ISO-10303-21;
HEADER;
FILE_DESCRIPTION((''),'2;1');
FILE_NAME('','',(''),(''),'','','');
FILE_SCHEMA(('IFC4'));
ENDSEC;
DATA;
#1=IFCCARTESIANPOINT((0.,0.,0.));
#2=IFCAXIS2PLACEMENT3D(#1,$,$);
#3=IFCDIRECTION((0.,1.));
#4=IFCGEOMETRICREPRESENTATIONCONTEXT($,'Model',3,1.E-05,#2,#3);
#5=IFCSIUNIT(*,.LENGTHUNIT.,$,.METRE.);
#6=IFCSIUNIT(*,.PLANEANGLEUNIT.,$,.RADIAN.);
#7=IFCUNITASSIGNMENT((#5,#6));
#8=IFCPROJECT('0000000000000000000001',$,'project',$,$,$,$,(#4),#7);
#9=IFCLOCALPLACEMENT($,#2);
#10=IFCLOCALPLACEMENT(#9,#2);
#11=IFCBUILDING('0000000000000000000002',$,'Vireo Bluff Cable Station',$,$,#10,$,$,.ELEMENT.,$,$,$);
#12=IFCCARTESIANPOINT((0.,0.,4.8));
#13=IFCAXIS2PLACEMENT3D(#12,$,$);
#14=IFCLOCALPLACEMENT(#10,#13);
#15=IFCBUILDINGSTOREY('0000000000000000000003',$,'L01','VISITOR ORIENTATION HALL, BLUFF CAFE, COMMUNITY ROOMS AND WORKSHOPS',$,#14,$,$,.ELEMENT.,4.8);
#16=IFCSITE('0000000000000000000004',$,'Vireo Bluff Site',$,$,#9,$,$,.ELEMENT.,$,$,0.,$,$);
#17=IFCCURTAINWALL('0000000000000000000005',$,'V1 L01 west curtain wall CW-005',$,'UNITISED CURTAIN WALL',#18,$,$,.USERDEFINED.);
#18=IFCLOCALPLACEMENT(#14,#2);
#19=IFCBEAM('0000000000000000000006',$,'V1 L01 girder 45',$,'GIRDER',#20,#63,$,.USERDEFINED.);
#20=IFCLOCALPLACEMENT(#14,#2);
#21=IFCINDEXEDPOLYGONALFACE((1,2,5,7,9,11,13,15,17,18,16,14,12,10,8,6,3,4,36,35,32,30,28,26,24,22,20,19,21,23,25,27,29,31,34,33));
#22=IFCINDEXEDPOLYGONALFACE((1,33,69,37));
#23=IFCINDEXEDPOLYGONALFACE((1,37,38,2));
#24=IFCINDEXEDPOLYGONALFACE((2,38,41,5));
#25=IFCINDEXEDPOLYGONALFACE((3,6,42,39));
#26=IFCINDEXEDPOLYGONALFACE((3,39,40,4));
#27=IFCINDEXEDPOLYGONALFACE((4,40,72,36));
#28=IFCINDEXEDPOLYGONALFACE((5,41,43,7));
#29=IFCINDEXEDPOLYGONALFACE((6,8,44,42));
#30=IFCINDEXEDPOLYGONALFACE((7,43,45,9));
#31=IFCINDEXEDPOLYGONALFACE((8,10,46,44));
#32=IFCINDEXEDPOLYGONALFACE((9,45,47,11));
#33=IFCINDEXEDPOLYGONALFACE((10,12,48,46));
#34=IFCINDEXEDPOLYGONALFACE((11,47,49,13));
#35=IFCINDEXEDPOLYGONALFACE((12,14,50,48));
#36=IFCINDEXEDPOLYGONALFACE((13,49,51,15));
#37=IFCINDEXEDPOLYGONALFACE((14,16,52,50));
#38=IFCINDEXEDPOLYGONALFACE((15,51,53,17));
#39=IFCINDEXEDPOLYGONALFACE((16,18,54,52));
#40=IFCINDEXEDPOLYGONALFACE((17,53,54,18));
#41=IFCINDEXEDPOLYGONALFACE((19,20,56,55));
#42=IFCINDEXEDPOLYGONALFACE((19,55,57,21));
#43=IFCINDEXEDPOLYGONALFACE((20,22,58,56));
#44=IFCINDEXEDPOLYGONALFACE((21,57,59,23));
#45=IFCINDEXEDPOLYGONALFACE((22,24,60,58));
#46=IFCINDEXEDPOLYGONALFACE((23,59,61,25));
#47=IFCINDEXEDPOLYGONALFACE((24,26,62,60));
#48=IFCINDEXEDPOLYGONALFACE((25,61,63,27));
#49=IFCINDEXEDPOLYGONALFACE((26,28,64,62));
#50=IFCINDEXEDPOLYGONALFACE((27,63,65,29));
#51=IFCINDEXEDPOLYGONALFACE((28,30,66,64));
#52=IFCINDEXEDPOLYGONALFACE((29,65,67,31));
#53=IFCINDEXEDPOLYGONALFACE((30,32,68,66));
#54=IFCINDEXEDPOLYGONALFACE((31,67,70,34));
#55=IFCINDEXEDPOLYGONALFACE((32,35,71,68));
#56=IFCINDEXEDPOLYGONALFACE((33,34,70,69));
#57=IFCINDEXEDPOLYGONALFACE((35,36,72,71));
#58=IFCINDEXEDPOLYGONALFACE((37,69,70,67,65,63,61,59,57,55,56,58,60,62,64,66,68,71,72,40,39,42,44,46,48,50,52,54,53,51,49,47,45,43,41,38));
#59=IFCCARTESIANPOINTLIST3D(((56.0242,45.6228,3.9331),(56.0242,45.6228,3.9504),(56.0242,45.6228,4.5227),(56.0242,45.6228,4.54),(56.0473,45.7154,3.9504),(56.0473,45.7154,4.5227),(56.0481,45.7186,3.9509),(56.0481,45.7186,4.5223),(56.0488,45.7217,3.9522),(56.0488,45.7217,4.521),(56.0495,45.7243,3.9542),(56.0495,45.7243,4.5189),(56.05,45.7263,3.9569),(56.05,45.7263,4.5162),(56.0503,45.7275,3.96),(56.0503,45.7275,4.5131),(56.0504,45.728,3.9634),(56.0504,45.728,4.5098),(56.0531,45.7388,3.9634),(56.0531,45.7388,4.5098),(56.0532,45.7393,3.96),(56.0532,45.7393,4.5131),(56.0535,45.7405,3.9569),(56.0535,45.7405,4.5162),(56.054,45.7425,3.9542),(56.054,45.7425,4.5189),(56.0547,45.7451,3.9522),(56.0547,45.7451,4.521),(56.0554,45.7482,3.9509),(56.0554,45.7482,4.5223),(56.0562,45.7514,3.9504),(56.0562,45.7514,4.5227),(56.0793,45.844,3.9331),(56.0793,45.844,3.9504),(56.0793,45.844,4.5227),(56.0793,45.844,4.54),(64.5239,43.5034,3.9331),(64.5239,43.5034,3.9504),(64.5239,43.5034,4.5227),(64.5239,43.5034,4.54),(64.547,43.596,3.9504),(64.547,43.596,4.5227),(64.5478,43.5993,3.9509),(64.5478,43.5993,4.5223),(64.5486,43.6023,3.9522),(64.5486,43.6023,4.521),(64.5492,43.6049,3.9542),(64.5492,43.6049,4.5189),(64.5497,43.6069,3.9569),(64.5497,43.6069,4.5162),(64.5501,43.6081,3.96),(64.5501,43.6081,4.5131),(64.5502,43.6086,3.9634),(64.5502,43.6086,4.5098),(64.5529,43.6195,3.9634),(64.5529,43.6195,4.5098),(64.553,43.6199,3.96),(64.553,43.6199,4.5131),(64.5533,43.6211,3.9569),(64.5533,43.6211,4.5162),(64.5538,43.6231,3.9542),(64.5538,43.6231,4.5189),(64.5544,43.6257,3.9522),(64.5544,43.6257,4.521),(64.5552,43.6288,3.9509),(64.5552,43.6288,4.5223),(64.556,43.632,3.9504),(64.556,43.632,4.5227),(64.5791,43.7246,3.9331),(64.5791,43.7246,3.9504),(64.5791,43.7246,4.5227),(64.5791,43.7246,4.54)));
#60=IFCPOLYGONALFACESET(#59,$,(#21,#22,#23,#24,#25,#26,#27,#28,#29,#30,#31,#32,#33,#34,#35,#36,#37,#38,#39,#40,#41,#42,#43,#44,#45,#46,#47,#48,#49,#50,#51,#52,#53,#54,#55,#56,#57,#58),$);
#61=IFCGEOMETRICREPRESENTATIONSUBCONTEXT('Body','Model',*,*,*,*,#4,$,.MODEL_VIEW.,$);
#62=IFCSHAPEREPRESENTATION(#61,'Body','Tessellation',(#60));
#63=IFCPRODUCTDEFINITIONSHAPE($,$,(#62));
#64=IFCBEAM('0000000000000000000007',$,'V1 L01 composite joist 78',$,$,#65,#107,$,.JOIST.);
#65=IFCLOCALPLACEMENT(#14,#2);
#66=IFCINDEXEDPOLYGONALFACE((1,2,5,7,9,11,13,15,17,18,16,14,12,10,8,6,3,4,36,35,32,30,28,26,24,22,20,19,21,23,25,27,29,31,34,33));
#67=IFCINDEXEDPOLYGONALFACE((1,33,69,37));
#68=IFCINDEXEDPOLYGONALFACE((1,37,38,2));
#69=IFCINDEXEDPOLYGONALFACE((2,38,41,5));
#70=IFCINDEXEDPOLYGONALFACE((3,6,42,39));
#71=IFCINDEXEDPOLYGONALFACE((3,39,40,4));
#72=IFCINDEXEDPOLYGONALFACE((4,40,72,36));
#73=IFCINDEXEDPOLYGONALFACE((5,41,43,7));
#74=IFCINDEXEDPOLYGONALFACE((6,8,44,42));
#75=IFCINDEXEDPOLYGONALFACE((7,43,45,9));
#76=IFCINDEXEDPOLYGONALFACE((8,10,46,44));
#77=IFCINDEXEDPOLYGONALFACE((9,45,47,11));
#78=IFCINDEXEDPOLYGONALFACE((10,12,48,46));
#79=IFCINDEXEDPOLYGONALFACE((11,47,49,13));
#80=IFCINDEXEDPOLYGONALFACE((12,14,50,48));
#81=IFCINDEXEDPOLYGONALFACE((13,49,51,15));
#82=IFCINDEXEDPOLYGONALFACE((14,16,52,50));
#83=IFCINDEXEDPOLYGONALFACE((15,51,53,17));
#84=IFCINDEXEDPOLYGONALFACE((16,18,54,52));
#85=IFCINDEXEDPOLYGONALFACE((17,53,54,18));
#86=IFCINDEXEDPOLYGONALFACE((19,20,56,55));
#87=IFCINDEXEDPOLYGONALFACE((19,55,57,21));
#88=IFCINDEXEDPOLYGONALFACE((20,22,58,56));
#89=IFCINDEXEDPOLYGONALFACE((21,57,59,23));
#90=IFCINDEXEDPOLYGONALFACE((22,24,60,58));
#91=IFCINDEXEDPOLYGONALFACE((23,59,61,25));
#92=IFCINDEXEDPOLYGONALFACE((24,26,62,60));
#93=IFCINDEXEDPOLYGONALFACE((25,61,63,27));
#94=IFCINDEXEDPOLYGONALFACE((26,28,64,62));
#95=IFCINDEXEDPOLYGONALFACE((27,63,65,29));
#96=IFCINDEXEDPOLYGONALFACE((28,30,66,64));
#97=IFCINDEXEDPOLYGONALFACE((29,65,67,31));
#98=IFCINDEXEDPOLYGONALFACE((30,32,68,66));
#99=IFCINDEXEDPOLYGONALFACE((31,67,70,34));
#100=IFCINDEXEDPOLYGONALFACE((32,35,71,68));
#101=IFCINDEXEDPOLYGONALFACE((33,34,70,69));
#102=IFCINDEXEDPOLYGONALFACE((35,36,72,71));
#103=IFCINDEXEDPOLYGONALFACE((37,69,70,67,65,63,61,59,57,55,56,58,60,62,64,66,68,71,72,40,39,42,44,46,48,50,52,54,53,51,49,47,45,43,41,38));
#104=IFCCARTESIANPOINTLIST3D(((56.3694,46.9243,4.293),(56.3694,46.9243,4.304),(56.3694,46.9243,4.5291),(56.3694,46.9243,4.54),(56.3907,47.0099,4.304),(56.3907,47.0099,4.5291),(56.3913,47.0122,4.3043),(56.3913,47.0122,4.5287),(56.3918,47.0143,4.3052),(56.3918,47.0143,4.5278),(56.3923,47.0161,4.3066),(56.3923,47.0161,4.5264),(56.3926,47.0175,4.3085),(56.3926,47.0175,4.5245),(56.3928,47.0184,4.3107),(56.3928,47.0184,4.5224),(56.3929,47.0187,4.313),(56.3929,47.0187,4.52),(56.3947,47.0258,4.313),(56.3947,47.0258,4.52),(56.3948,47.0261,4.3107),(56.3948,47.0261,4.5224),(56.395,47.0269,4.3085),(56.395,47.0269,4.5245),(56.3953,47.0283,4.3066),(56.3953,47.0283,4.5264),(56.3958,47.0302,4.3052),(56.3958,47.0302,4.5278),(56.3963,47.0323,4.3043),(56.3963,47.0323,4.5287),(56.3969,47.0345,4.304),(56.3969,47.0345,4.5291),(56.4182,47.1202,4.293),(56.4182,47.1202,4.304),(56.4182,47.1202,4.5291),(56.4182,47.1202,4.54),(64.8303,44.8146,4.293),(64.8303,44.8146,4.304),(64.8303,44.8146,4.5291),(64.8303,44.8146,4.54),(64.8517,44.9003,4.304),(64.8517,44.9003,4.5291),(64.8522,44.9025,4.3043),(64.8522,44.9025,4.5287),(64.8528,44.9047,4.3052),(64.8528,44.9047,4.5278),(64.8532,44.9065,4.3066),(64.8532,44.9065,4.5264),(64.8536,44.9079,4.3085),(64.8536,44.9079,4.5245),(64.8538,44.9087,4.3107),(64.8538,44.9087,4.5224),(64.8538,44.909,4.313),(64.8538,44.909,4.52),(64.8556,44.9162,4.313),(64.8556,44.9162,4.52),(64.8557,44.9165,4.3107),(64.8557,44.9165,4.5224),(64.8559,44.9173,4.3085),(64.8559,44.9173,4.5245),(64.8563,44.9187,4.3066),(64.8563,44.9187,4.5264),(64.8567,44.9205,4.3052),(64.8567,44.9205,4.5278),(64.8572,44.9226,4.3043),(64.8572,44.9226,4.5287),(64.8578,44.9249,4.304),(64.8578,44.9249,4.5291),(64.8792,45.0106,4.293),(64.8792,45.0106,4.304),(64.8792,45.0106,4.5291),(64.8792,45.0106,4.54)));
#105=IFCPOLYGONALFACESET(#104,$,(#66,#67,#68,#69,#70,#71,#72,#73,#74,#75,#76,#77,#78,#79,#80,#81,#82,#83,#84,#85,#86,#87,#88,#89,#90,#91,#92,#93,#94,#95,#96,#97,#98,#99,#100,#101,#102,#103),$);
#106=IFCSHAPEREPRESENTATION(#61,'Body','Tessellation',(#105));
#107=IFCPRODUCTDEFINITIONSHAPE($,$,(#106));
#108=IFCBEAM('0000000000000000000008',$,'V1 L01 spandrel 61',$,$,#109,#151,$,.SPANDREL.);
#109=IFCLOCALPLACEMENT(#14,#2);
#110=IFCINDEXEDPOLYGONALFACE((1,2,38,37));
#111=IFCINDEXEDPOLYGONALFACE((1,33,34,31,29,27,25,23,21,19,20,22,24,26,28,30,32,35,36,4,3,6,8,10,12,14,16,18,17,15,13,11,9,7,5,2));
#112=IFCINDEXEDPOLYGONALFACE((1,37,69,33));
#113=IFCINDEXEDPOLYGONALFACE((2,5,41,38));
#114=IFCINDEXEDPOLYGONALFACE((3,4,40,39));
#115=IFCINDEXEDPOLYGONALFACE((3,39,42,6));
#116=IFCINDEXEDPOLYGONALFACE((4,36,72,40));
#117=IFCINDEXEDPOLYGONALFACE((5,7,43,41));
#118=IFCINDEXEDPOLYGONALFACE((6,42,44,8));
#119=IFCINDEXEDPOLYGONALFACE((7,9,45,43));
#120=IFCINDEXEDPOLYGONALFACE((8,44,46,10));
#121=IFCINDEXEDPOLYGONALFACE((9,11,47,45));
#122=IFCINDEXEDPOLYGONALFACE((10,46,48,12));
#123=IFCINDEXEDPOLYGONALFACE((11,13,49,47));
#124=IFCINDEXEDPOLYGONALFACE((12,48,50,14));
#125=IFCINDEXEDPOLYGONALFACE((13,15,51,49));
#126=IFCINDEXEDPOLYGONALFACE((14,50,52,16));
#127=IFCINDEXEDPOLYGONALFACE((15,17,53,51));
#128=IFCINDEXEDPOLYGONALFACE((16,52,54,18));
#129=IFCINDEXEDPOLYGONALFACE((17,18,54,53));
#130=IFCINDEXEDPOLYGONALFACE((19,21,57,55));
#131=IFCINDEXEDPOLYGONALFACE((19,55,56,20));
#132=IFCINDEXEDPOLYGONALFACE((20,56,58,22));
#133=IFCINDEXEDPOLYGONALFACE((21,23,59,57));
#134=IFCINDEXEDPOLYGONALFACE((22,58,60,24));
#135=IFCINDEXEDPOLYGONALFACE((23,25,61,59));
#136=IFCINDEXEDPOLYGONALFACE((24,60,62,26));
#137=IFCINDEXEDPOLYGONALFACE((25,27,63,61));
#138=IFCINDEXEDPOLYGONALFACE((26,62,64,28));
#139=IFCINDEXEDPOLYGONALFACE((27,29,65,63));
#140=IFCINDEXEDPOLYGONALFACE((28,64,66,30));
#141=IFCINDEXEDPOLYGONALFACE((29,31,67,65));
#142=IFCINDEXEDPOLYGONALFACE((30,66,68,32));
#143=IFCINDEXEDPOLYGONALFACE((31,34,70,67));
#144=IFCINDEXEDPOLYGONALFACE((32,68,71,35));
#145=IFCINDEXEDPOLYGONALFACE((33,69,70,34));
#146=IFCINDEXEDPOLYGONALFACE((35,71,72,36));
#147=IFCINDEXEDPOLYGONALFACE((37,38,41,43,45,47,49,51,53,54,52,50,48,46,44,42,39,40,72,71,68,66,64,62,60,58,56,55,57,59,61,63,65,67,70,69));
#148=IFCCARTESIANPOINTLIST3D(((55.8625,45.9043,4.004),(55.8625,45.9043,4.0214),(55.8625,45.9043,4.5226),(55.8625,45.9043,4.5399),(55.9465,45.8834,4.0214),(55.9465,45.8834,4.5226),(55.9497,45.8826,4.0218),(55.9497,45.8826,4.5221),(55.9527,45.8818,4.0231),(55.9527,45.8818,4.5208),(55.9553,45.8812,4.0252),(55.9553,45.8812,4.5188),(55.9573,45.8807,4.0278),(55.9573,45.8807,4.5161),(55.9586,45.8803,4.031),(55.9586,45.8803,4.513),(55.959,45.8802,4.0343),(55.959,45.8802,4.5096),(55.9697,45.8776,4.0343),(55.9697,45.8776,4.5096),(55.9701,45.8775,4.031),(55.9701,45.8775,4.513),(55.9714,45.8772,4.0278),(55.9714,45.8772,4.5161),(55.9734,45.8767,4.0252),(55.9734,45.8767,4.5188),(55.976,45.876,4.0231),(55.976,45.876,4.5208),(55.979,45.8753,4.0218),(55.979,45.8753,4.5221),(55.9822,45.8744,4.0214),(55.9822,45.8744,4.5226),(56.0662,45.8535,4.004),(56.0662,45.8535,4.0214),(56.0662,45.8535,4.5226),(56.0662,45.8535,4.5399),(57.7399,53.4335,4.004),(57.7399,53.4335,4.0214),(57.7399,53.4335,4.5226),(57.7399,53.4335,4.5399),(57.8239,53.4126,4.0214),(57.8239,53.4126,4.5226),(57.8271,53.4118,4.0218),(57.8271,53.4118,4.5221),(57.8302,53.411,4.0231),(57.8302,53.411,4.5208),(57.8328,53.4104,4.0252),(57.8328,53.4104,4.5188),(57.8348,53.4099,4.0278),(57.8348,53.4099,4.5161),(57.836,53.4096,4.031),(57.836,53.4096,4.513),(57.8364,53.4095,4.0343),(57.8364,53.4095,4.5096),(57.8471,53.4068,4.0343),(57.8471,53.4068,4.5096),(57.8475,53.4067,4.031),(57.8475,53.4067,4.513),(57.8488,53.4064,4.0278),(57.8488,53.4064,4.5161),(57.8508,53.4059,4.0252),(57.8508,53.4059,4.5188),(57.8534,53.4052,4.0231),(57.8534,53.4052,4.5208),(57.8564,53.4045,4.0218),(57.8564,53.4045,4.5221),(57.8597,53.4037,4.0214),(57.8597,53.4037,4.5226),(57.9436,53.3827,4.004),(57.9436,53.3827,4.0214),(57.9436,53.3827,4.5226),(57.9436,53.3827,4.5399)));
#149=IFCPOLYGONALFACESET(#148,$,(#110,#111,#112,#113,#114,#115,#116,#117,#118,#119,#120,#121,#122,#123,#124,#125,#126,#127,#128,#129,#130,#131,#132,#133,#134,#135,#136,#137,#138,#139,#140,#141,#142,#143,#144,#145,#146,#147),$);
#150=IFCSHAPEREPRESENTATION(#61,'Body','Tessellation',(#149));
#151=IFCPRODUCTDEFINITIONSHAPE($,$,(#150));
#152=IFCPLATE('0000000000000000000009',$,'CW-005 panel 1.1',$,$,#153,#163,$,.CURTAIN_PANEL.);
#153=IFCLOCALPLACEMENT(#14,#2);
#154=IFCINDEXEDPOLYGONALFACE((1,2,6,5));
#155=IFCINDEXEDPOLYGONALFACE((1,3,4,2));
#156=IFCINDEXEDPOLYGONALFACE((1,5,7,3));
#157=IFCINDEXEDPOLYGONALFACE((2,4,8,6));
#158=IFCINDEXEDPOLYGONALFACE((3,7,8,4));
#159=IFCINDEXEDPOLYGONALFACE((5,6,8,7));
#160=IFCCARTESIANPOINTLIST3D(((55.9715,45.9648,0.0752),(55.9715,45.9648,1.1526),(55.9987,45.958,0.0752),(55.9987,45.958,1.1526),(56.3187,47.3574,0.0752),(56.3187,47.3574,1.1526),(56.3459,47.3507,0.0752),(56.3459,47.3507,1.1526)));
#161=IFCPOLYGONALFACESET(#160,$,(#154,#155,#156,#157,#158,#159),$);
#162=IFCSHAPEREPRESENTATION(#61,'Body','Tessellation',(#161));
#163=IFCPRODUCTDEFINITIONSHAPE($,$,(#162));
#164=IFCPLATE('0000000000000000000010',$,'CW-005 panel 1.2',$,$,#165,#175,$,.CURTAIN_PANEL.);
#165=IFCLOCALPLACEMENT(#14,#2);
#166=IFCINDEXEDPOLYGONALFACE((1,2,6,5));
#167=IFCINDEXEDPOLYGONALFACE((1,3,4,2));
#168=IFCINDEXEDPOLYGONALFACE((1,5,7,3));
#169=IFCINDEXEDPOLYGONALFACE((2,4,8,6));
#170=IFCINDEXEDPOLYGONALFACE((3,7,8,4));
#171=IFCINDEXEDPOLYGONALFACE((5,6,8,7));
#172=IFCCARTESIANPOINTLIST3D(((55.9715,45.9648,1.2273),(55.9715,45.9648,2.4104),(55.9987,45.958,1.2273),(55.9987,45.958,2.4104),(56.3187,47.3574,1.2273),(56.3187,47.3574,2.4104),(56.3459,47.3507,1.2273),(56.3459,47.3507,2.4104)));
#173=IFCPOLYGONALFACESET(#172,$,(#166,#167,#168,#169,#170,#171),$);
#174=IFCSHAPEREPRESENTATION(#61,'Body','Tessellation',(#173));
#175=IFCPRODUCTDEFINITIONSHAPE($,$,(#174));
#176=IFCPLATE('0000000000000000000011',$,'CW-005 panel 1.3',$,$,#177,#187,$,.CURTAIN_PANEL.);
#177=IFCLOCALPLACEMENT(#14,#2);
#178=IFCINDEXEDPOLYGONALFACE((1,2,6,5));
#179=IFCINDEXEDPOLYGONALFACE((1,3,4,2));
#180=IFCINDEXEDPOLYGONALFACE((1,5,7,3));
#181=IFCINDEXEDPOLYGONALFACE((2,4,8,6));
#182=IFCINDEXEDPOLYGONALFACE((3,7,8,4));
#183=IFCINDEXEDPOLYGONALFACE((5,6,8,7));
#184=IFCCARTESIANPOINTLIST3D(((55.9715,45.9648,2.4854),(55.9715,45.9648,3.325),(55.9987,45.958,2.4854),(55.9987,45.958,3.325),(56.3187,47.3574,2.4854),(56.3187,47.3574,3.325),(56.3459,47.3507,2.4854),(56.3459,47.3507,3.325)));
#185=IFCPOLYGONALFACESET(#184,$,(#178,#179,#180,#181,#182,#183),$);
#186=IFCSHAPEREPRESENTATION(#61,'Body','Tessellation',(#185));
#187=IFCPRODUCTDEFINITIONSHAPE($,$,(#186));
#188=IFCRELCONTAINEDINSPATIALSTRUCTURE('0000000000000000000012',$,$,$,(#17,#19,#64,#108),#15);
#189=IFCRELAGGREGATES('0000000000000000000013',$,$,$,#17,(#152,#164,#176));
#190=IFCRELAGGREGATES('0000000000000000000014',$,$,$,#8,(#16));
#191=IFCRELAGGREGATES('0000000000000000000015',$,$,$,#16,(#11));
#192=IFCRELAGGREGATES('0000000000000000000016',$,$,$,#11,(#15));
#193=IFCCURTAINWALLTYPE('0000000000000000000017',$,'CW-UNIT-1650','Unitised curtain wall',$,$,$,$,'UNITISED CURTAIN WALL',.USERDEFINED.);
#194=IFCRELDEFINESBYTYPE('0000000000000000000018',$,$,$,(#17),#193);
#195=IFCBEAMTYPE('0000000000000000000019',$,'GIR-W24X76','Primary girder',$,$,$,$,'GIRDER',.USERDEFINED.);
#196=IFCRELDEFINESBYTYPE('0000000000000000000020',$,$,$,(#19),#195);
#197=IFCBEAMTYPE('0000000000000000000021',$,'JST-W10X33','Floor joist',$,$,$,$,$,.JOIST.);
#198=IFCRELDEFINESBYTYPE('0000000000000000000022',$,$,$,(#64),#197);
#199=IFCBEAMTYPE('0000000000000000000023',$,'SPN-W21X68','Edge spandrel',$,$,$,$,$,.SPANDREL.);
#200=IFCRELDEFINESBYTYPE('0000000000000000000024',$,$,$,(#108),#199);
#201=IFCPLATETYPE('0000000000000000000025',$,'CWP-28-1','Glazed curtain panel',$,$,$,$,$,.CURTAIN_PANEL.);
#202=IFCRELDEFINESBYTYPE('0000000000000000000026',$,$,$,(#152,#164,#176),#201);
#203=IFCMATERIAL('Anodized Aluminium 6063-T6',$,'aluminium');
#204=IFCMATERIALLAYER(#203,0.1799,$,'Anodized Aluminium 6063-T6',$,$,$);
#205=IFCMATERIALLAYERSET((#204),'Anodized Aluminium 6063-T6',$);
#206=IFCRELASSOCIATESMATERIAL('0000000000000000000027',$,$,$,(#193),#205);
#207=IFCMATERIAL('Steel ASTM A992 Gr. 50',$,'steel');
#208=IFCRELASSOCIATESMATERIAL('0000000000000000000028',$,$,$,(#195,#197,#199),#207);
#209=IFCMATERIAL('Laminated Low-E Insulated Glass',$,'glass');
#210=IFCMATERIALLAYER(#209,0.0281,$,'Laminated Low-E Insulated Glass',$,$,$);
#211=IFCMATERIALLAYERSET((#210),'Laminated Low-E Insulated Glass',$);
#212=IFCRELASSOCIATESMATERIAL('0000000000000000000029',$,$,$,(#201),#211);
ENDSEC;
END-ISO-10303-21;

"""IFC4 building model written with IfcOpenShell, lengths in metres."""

from ifc_helpers import new_model, si_unit, direction, frame, origin, origin_2d, place, context, subcontext, project, spatial, rectangle, i_section, extrude, material, layer, layer_set, material_profile, profile_set, type_object, element, aggregate, save


model = new_model("IFC4")

# Units and contexts
model_context = context("Model", 3, precision=1e-05, world=origin(), true_north=direction((0.0, 1.0)))
body_context = subcontext(model_context, "Body", "Model", "MODEL_VIEW")
ifc_project = project(units=[si_unit("LENGTHUNIT", "METRE"), si_unit("PLANEANGLEUNIT", "RADIAN")], contexts=[model_context])

# Site, building, storey
site_placement = place(None, origin())
site = spatial("IfcSite", under=ifc_project, at=site_placement, Name="Vireo Bluff Site", CompositionType="ELEMENT", RefElevation=0.0)
building_placement = place(site_placement, origin())
building = spatial("IfcBuilding", under=site, at=building_placement, Name="Vireo Bluff Cable Station", CompositionType="ELEMENT")
storey_placement = place(building_placement, frame((0.0, 0.0, 4.8)))
storey = spatial("IfcBuildingStorey", under=building, at=storey_placement, Name="L01", Description="VISITOR ORIENTATION HALL, BLUFF CAFE, COMMUNITY ROOMS AND WORKSHOPS", CompositionType="ELEMENT", Elevation=4.8)

# Shared definitions
ifc_material_1 = material(Name="Steel ASTM A992 Gr. 50", Category="steel")

# Curtain wall
ifc_material_2 = material(Name="Anodized Aluminium 6063-T6", Category="aluminium")
ifc_layer_1 = layer(ifc_material_2, 0.1799, Name="Anodized Aluminium 6063-T6")
ifc_layer_set_1 = layer_set([ifc_layer_1], Name="Anodized Aluminium 6063-T6")
curtain_wall_type = type_object("IfcCurtainWallType", Name="CW-UNIT-1650", Description="Unitised curtain wall", ElementType="UNITISED CURTAIN WALL", PredefinedType="USERDEFINED", material=ifc_layer_set_1)
curtain_wall_placement = place(storey_placement, origin())
curtain_wall = element("IfcCurtainWall", 1, at=curtain_wall_placement, inside=storey, type_object=curtain_wall_type, Name="V1 L01 west curtain wall CW-005", ObjectType="UNITISED CURTAIN WALL", PredefinedType="USERDEFINED")

# Beams
ifc_material_profile_1 = material_profile(ifc_material_1, i_section(OverallWidth=0.228, OverallDepth=0.6069, WebThickness=0.0112, FlangeThickness=0.0173, FilletRadius=0.0129, at=origin_2d()), Name="W24X76")
ifc_profile_set_1 = profile_set([ifc_material_profile_1], Name="Steel ASTM A992 Gr. 50")
beam_type_1 = type_object("IfcBeamType", Name="GIR-W24X76", Description="Primary girder", ElementType="GIRDER", PredefinedType="USERDEFINED", material=ifc_profile_set_1)
beam_1_placement = place(storey_placement, frame((56.0518, 45.7334, 4.2366), z_axis=(0.970292, -0.241939, 0.0), x_axis=(0.241939, 0.970292, 0.0)))
element("IfcBeam", 2, at=beam_1_placement, inside=storey, type_object=beam_type_1, Name="V1 L01 girder 45", ObjectType="GIRDER", PredefinedType="USERDEFINED", context=body_context, shape_type="SweptSolid", body=[
    extrude(i_section(OverallWidth=0.228, OverallDepth=0.6069, WebThickness=0.0112, FlangeThickness=0.0173, FilletRadius=0.0129, at=origin_2d()), origin(), (0.0, 0.0, 1.0), 8.76),
])
ifc_material_profile_2 = material_profile(ifc_material_1, i_section(OverallWidth=0.2019, OverallDepth=0.2471, WebThickness=0.0073, FlangeThickness=0.011, FilletRadius=0.009, at=origin_2d()), Name="W10X33")
ifc_profile_set_2 = profile_set([ifc_material_profile_2], Name="Steel ASTM A992 Gr. 50")
beam_type_2 = type_object("IfcBeamType", Name="JST-W10X33", Description="Floor joist", PredefinedType="JOIST", material=ifc_profile_set_2)
beam_2_placement = place(storey_placement, frame((56.3938, 47.0222, 4.4165), z_axis=(0.970294, -0.24193, 0.0), x_axis=(0.24193, 0.970294, 0.0)))
element("IfcBeam", 3, at=beam_2_placement, inside=storey, type_object=beam_type_2, Name="V1 L01 composite joist 78", PredefinedType="JOIST", context=body_context, shape_type="SweptSolid", body=[
    extrude(i_section(OverallWidth=0.2019, OverallDepth=0.2471, WebThickness=0.0073, FlangeThickness=0.011, FilletRadius=0.009, at=origin_2d()), origin(), (0.0, 0.0, 1.0), 8.72),
])
ifc_material_profile_3 = material_profile(ifc_material_1, i_section(OverallWidth=0.21, OverallDepth=0.5359, WebThickness=0.011, FlangeThickness=0.0173, FilletRadius=0.0129, at=origin_2d()), Name="W21X68")
ifc_profile_set_3 = profile_set([ifc_material_profile_3], Name="Steel ASTM A992 Gr. 50")
beam_type_3 = type_object("IfcBeamType", Name="SPN-W21X68", Description="Edge spandrel", PredefinedType="SPANDREL", material=ifc_profile_set_3)
beam_3_placement = place(storey_placement, frame((55.9644, 45.8789, 4.272), z_axis=(0.241943, 0.97029, 0.0), x_axis=(-0.97029, 0.241943, 0.0)))
element("IfcBeam", 4, at=beam_3_placement, inside=storey, type_object=beam_type_3, Name="V1 L01 spandrel 61", PredefinedType="SPANDREL", context=body_context, shape_type="SweptSolid", body=[
    extrude(i_section(OverallWidth=0.21, OverallDepth=0.5359, WebThickness=0.011, FlangeThickness=0.0173, FilletRadius=0.0129, at=origin_2d()), origin(), (0.0, 0.0, 1.0), 7.7598),
])

# Plates
ifc_material_3 = material(Name="Laminated Low-E Insulated Glass", Category="glass")
ifc_layer_2 = layer(ifc_material_3, 0.0281, Name="Laminated Low-E Insulated Glass")
ifc_layer_set_2 = layer_set([ifc_layer_2], Name="Laminated Low-E Insulated Glass")
plate_type = type_object("IfcPlateType", Name="CWP-28-1", Description="Glazed curtain panel", PredefinedType="CURTAIN_PANEL", material=ifc_layer_set_2)
plate_1_placement = place(storey_placement, frame((56.1587, 46.6577, 0.0752), z_axis=(0.0, 0.0, 1.0), x_axis=(0.241922, 0.970296, 0.0)))
plate_1 = element("IfcPlate", 5, at=plate_1_placement, type_object=plate_type, Name="CW-005 panel 1.1", PredefinedType="CURTAIN_PANEL", context=body_context, shape_type="SweptSolid", body=[
    extrude(rectangle(XDim=1.4353, YDim=0.0281, at=origin_2d()), origin(), (0.0, 0.0, 1.0), 1.0774),
])
plate_2_placement = place(storey_placement, frame((56.1587, 46.6577, 1.2273), z_axis=(0.0, 0.0, 1.0), x_axis=(0.241922, 0.970296, 0.0)))
plate_2 = element("IfcPlate", 6, at=plate_2_placement, type_object=plate_type, Name="CW-005 panel 1.2", PredefinedType="CURTAIN_PANEL", context=body_context, shape_type="SweptSolid", body=[
    extrude(rectangle(XDim=1.4353, YDim=0.0281, at=origin_2d()), origin(), (0.0, 0.0, 1.0), 1.1831),
])
plate_3_placement = place(storey_placement, frame((56.1587, 46.6577, 2.4854), z_axis=(0.0, 0.0, 1.0), x_axis=(0.241922, 0.970296, 0.0)))
plate_3 = element("IfcPlate", 7, at=plate_3_placement, type_object=plate_type, Name="CW-005 panel 1.3", PredefinedType="CURTAIN_PANEL", context=body_context, shape_type="SweptSolid", body=[
    extrude(rectangle(XDim=1.4353, YDim=0.0281, at=origin_2d()), origin(), (0.0, 0.0, 1.0), 0.8396),
])
aggregate(curtain_wall, [plate_1, plate_2, plate_3])

save(model, "model.ifc")
